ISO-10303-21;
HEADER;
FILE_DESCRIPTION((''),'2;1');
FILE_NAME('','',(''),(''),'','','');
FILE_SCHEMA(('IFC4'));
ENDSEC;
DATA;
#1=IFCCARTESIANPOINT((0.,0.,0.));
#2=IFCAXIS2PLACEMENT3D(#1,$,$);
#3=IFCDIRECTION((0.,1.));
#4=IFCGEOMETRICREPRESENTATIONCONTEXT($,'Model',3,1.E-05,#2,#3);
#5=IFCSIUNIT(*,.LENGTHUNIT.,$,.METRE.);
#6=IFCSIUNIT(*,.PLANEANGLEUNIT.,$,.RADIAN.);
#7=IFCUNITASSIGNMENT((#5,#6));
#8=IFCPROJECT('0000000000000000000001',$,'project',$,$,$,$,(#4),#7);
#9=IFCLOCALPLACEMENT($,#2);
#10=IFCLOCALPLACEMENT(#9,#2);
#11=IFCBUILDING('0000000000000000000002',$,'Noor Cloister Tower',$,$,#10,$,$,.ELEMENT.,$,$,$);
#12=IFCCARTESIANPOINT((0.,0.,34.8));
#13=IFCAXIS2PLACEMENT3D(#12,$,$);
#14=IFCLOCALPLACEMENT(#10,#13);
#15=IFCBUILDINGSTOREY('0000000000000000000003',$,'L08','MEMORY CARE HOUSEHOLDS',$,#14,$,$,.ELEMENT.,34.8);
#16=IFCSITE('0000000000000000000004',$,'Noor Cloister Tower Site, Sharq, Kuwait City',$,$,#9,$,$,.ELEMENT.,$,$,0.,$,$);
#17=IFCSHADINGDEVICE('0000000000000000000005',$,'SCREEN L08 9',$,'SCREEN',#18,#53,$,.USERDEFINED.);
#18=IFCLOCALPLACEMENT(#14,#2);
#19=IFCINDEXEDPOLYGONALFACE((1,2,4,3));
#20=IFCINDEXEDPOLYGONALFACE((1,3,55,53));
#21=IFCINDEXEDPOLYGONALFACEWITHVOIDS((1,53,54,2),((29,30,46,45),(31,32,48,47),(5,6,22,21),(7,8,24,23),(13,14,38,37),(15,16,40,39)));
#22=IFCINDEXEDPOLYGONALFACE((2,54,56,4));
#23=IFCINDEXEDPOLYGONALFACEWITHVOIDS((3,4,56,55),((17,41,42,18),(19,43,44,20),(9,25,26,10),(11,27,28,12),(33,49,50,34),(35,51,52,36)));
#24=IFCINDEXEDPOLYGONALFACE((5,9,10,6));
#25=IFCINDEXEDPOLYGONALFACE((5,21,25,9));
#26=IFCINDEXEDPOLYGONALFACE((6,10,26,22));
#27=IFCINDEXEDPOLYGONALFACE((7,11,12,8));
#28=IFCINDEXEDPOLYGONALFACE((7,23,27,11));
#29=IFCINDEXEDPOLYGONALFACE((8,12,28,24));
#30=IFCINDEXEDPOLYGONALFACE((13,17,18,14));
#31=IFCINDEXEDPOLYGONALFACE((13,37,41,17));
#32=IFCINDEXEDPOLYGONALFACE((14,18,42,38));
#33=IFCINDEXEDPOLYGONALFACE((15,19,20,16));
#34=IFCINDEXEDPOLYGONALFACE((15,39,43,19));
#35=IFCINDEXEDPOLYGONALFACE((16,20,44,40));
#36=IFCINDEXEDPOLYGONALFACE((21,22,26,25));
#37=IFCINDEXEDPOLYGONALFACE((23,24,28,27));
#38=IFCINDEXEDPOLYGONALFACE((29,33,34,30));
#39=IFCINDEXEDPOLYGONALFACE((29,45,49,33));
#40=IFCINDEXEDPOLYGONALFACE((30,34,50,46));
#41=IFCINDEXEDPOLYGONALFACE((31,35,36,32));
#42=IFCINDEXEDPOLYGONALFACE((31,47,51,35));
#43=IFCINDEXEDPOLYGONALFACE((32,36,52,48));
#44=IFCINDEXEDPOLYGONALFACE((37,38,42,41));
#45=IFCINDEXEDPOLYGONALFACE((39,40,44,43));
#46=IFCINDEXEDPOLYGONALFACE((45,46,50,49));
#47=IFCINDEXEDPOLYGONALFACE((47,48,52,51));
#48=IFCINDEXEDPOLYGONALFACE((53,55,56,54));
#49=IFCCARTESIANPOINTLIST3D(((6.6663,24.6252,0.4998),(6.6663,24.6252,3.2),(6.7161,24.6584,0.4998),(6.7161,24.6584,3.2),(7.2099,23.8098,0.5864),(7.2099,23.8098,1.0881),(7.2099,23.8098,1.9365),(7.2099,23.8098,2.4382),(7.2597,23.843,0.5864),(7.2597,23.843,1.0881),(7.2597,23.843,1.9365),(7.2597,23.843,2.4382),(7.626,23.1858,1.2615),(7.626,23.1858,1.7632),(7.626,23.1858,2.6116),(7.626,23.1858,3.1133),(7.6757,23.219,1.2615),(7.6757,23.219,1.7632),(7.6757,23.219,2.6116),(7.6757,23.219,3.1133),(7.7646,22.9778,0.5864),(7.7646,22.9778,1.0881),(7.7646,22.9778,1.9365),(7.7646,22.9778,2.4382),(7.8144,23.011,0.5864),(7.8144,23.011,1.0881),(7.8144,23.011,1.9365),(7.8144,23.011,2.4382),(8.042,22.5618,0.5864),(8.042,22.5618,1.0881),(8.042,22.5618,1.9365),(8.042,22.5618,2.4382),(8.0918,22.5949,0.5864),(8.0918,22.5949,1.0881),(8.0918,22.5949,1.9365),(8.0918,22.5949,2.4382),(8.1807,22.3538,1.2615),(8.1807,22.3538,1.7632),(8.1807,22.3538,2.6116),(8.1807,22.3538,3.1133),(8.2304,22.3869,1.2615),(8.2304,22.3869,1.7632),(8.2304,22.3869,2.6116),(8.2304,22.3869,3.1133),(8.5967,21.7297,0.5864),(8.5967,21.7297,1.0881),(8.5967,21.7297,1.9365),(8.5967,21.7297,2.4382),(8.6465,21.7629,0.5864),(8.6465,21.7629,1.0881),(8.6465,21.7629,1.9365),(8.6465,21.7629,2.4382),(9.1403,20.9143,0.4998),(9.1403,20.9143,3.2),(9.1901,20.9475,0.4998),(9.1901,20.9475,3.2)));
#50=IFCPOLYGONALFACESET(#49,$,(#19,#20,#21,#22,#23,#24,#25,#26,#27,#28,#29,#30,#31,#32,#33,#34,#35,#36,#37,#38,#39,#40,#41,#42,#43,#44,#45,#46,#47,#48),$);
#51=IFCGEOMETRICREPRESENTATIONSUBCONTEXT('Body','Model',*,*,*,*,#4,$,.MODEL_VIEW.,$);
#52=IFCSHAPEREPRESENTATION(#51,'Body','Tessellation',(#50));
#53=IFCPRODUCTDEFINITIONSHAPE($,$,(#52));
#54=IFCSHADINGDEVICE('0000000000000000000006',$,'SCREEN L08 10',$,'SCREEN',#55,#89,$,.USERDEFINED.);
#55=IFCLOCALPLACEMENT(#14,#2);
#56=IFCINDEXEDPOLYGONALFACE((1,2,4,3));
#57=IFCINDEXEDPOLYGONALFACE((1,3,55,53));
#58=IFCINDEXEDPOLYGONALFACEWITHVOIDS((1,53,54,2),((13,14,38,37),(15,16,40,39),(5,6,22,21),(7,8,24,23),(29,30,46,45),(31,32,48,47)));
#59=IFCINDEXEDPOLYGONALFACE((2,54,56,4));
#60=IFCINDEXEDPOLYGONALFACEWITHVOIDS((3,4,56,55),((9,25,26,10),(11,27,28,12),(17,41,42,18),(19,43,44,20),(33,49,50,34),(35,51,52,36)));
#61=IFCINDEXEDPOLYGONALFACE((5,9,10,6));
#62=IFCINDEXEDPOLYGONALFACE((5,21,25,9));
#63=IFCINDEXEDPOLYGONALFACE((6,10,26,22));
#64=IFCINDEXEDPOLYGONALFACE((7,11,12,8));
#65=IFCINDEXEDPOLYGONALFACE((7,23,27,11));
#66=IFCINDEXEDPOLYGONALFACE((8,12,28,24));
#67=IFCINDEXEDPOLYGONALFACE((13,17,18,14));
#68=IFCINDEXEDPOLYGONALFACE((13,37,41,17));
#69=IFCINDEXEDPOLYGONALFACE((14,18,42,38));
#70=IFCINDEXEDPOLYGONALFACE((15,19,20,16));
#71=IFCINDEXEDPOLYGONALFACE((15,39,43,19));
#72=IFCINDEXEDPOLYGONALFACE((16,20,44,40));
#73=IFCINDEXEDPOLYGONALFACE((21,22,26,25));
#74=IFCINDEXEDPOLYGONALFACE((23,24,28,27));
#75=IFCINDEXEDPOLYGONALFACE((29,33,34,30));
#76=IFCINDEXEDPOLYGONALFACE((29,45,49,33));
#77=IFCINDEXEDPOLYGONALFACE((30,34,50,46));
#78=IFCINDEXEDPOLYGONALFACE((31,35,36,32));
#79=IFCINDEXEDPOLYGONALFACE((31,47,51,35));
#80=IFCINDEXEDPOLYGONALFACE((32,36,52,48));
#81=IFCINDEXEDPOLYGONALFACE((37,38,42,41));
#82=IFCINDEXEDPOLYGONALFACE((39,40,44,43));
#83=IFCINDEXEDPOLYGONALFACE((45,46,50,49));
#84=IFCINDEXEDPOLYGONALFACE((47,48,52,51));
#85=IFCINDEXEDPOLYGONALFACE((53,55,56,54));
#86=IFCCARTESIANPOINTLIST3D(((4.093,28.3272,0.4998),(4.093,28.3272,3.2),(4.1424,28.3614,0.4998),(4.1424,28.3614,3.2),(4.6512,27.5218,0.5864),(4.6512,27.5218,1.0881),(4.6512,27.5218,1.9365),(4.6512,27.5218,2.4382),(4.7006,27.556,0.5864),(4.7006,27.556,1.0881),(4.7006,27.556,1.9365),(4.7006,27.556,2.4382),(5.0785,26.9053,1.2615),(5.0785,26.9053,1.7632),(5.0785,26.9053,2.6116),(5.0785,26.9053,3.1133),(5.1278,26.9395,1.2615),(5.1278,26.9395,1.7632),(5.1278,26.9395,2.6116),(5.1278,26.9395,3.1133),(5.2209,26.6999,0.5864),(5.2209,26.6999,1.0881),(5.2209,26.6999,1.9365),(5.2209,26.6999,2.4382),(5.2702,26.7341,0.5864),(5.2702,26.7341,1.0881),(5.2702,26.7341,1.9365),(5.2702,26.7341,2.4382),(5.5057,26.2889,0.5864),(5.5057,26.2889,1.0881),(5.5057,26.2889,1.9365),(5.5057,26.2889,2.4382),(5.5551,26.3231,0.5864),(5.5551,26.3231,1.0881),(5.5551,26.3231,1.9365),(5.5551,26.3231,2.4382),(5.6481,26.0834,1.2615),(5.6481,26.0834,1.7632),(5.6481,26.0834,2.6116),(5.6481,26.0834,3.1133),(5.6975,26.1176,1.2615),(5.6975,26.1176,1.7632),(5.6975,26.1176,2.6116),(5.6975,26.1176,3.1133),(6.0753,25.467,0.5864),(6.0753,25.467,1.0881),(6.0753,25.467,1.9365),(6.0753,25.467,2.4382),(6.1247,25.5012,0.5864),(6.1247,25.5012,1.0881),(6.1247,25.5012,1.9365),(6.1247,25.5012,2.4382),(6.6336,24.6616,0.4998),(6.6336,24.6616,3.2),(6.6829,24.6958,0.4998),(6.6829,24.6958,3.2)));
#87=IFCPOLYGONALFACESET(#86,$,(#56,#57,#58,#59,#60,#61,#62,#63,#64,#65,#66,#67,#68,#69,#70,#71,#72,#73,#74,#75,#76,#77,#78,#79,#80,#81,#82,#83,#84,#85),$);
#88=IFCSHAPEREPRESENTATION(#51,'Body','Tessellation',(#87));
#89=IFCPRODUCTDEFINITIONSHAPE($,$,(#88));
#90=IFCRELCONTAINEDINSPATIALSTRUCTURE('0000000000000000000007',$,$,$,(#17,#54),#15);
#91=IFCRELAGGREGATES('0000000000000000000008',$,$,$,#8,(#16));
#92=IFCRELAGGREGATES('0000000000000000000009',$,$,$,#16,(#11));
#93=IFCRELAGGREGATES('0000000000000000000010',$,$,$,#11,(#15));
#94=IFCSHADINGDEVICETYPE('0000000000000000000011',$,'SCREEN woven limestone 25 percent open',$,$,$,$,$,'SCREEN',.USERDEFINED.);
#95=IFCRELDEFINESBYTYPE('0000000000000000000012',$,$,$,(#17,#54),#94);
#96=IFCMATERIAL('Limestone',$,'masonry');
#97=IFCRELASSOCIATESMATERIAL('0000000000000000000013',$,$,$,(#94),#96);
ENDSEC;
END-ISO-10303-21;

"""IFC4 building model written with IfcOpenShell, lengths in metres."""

from ifc_helpers import new_model, si_unit, direction, frame, origin, place, context, subcontext, project, spatial, polyline, outline, extrude, material, material_profile, profile_set, type_object, element, save


model = new_model("IFC4")

# Units and contexts
model_context = context("Model", 3, precision=1e-05, world=origin(), true_north=direction((0.0, 1.0)))
body_context = subcontext(model_context, "Body", "Model", "MODEL_VIEW")
ifc_project = project(units=[si_unit("LENGTHUNIT", "METRE"), si_unit("PLANEANGLEUNIT", "RADIAN")], contexts=[model_context])

# Site, building, storey
site_placement = place(None, origin())
site = spatial("IfcSite", under=ifc_project, at=site_placement, Name="Noor Cloister Tower Site, Sharq, Kuwait City", CompositionType="ELEMENT", RefElevation=0.0)
building_placement = place(site_placement, origin())
building = spatial("IfcBuilding", under=site, at=building_placement, Name="Noor Cloister Tower", CompositionType="ELEMENT")
storey_placement = place(building_placement, frame((0.0, 0.0, 34.8)))
storey = spatial("IfcBuildingStorey", under=building, at=storey_placement, Name="L08", Description="MEMORY CARE HOUSEHOLDS", CompositionType="ELEMENT", Elevation=34.8)

# Shading devices
ifc_material_1 = material(Name="Limestone", Category="masonry")
ifc_material_profile_1 = material_profile(ifc_material_1, outline(polyline([(-2.23, -1.3501), (2.23, -1.3501), (2.23, 1.3501), (-2.23, 1.3501), (-2.23, -1.3501)]), holes=[polyline([(-1.25, -1.2634), (-0.25, -1.2634), (-0.25, -0.7617), (-1.25, -0.7617), (-1.25, -1.2634)]), polyline([(0.25, -1.2634), (1.25, -1.2634), (1.25, -0.7617), (0.25, -0.7617), (0.25, -1.2634)]), polyline([(-0.5, -0.5884), (0.5, -0.5884), (0.5, -0.0867), (-0.5, -0.0867), (-0.5, -0.5884)]), polyline([(-1.25, 0.0867), (-0.25, 0.0867), (-0.25, 0.5884), (-1.25, 0.5884), (-1.25, 0.0867)]), polyline([(0.25, 0.0867), (1.25, 0.0867), (1.25, 0.5884), (0.25, 0.5884), (0.25, 0.0867)]), polyline([(-0.5, 0.7617), (0.5, 0.7617), (0.5, 1.2634), (-0.5, 1.2634), (-0.5, 0.7617)])]), Name="Woven screen 25 percent open")
ifc_profile_set_1 = profile_set([ifc_material_profile_1], Name="Limestone")
shading_device_type = type_object("IfcShadingDeviceType", Name="SCREEN woven limestone 25 percent open", ElementType="SCREEN", PredefinedType="USERDEFINED", material=ifc_profile_set_1)
shading_device_1_placement = place(storey_placement, frame((7.9033, 22.7698, 1.8499), z_axis=(0.83205, 0.5547, 0.0), x_axis=(-0.5547, 0.83205, 0.0)))
element("IfcShadingDevice", 1, at=shading_device_1_placement, inside=storey, type_object=shading_device_type, Name="SCREEN L08 9", ObjectType="SCREEN", PredefinedType="USERDEFINED", context=body_context, shape_type="SweptSolid", body=[
    extrude(outline(polyline([(-2.23, -1.3501), (2.23, -1.3501), (2.23, 1.3501), (-2.23, 1.3501), (-2.23, -1.3501)]), holes=[polyline([(-1.25, -1.2634), (-0.25, -1.2634), (-0.25, -0.7617), (-1.25, -0.7617), (-1.25, -1.2634)]), polyline([(0.25, -1.2634), (1.25, -1.2634), (1.25, -0.7617), (0.25, -0.7617), (0.25, -1.2634)]), polyline([(-0.5, -0.5884), (0.5, -0.5884), (0.5, -0.0867), (-0.5, -0.0867), (-0.5, -0.5884)]), polyline([(-1.25, 0.0867), (-0.25, 0.0867), (-0.25, 0.5884), (-1.25, 0.5884), (-1.25, 0.0867)]), polyline([(0.25, 0.0867), (1.25, 0.0867), (1.25, 0.5884), (0.25, 0.5884), (0.25, 0.0867)]), polyline([(-0.5, 0.7617), (0.5, 0.7617), (0.5, 1.2634), (-0.5, 1.2634), (-0.5, 0.7617)])]), origin(), (0.0, 0.0, 1.0), 0.0598),
])
shading_device_2_placement = place(storey_placement, frame((5.3633, 26.4944, 1.8499), z_axis=(0.821899, 0.569633, 0.0), x_axis=(-0.569633, 0.821899, 0.0)))
element("IfcShadingDevice", 2, at=shading_device_2_placement, inside=storey, type_object=shading_device_type, Name="SCREEN L08 10", ObjectType="SCREEN", PredefinedType="USERDEFINED", context=body_context, shape_type="SweptSolid", body=[
    extrude(outline(polyline([(-2.23, -1.3501), (2.23, -1.3501), (2.23, 1.3501), (-2.23, 1.3501), (-2.23, -1.3501)]), holes=[polyline([(-1.25, -1.2634), (-0.25, -1.2634), (-0.25, -0.7617), (-1.25, -0.7617), (-1.25, -1.2634)]), polyline([(0.25, -1.2634), (1.25, -1.2634), (1.25, -0.7617), (0.25, -0.7617), (0.25, -1.2634)]), polyline([(-0.5, -0.5884), (0.5, -0.5884), (0.5, -0.0867), (-0.5, -0.0867), (-0.5, -0.5884)]), polyline([(-1.25, 0.0867), (-0.25, 0.0867), (-0.25, 0.5884), (-1.25, 0.5884), (-1.25, 0.0867)]), polyline([(0.25, 0.0867), (1.25, 0.0867), (1.25, 0.5884), (0.25, 0.5884), (0.25, 0.0867)]), polyline([(-0.5, 0.7617), (0.5, 0.7617), (0.5, 1.2634), (-0.5, 1.2634), (-0.5, 0.7617)])]), origin(), (0.0, 0.0, 1.0), 0.0601),
])

save(model, "model.ifc")
